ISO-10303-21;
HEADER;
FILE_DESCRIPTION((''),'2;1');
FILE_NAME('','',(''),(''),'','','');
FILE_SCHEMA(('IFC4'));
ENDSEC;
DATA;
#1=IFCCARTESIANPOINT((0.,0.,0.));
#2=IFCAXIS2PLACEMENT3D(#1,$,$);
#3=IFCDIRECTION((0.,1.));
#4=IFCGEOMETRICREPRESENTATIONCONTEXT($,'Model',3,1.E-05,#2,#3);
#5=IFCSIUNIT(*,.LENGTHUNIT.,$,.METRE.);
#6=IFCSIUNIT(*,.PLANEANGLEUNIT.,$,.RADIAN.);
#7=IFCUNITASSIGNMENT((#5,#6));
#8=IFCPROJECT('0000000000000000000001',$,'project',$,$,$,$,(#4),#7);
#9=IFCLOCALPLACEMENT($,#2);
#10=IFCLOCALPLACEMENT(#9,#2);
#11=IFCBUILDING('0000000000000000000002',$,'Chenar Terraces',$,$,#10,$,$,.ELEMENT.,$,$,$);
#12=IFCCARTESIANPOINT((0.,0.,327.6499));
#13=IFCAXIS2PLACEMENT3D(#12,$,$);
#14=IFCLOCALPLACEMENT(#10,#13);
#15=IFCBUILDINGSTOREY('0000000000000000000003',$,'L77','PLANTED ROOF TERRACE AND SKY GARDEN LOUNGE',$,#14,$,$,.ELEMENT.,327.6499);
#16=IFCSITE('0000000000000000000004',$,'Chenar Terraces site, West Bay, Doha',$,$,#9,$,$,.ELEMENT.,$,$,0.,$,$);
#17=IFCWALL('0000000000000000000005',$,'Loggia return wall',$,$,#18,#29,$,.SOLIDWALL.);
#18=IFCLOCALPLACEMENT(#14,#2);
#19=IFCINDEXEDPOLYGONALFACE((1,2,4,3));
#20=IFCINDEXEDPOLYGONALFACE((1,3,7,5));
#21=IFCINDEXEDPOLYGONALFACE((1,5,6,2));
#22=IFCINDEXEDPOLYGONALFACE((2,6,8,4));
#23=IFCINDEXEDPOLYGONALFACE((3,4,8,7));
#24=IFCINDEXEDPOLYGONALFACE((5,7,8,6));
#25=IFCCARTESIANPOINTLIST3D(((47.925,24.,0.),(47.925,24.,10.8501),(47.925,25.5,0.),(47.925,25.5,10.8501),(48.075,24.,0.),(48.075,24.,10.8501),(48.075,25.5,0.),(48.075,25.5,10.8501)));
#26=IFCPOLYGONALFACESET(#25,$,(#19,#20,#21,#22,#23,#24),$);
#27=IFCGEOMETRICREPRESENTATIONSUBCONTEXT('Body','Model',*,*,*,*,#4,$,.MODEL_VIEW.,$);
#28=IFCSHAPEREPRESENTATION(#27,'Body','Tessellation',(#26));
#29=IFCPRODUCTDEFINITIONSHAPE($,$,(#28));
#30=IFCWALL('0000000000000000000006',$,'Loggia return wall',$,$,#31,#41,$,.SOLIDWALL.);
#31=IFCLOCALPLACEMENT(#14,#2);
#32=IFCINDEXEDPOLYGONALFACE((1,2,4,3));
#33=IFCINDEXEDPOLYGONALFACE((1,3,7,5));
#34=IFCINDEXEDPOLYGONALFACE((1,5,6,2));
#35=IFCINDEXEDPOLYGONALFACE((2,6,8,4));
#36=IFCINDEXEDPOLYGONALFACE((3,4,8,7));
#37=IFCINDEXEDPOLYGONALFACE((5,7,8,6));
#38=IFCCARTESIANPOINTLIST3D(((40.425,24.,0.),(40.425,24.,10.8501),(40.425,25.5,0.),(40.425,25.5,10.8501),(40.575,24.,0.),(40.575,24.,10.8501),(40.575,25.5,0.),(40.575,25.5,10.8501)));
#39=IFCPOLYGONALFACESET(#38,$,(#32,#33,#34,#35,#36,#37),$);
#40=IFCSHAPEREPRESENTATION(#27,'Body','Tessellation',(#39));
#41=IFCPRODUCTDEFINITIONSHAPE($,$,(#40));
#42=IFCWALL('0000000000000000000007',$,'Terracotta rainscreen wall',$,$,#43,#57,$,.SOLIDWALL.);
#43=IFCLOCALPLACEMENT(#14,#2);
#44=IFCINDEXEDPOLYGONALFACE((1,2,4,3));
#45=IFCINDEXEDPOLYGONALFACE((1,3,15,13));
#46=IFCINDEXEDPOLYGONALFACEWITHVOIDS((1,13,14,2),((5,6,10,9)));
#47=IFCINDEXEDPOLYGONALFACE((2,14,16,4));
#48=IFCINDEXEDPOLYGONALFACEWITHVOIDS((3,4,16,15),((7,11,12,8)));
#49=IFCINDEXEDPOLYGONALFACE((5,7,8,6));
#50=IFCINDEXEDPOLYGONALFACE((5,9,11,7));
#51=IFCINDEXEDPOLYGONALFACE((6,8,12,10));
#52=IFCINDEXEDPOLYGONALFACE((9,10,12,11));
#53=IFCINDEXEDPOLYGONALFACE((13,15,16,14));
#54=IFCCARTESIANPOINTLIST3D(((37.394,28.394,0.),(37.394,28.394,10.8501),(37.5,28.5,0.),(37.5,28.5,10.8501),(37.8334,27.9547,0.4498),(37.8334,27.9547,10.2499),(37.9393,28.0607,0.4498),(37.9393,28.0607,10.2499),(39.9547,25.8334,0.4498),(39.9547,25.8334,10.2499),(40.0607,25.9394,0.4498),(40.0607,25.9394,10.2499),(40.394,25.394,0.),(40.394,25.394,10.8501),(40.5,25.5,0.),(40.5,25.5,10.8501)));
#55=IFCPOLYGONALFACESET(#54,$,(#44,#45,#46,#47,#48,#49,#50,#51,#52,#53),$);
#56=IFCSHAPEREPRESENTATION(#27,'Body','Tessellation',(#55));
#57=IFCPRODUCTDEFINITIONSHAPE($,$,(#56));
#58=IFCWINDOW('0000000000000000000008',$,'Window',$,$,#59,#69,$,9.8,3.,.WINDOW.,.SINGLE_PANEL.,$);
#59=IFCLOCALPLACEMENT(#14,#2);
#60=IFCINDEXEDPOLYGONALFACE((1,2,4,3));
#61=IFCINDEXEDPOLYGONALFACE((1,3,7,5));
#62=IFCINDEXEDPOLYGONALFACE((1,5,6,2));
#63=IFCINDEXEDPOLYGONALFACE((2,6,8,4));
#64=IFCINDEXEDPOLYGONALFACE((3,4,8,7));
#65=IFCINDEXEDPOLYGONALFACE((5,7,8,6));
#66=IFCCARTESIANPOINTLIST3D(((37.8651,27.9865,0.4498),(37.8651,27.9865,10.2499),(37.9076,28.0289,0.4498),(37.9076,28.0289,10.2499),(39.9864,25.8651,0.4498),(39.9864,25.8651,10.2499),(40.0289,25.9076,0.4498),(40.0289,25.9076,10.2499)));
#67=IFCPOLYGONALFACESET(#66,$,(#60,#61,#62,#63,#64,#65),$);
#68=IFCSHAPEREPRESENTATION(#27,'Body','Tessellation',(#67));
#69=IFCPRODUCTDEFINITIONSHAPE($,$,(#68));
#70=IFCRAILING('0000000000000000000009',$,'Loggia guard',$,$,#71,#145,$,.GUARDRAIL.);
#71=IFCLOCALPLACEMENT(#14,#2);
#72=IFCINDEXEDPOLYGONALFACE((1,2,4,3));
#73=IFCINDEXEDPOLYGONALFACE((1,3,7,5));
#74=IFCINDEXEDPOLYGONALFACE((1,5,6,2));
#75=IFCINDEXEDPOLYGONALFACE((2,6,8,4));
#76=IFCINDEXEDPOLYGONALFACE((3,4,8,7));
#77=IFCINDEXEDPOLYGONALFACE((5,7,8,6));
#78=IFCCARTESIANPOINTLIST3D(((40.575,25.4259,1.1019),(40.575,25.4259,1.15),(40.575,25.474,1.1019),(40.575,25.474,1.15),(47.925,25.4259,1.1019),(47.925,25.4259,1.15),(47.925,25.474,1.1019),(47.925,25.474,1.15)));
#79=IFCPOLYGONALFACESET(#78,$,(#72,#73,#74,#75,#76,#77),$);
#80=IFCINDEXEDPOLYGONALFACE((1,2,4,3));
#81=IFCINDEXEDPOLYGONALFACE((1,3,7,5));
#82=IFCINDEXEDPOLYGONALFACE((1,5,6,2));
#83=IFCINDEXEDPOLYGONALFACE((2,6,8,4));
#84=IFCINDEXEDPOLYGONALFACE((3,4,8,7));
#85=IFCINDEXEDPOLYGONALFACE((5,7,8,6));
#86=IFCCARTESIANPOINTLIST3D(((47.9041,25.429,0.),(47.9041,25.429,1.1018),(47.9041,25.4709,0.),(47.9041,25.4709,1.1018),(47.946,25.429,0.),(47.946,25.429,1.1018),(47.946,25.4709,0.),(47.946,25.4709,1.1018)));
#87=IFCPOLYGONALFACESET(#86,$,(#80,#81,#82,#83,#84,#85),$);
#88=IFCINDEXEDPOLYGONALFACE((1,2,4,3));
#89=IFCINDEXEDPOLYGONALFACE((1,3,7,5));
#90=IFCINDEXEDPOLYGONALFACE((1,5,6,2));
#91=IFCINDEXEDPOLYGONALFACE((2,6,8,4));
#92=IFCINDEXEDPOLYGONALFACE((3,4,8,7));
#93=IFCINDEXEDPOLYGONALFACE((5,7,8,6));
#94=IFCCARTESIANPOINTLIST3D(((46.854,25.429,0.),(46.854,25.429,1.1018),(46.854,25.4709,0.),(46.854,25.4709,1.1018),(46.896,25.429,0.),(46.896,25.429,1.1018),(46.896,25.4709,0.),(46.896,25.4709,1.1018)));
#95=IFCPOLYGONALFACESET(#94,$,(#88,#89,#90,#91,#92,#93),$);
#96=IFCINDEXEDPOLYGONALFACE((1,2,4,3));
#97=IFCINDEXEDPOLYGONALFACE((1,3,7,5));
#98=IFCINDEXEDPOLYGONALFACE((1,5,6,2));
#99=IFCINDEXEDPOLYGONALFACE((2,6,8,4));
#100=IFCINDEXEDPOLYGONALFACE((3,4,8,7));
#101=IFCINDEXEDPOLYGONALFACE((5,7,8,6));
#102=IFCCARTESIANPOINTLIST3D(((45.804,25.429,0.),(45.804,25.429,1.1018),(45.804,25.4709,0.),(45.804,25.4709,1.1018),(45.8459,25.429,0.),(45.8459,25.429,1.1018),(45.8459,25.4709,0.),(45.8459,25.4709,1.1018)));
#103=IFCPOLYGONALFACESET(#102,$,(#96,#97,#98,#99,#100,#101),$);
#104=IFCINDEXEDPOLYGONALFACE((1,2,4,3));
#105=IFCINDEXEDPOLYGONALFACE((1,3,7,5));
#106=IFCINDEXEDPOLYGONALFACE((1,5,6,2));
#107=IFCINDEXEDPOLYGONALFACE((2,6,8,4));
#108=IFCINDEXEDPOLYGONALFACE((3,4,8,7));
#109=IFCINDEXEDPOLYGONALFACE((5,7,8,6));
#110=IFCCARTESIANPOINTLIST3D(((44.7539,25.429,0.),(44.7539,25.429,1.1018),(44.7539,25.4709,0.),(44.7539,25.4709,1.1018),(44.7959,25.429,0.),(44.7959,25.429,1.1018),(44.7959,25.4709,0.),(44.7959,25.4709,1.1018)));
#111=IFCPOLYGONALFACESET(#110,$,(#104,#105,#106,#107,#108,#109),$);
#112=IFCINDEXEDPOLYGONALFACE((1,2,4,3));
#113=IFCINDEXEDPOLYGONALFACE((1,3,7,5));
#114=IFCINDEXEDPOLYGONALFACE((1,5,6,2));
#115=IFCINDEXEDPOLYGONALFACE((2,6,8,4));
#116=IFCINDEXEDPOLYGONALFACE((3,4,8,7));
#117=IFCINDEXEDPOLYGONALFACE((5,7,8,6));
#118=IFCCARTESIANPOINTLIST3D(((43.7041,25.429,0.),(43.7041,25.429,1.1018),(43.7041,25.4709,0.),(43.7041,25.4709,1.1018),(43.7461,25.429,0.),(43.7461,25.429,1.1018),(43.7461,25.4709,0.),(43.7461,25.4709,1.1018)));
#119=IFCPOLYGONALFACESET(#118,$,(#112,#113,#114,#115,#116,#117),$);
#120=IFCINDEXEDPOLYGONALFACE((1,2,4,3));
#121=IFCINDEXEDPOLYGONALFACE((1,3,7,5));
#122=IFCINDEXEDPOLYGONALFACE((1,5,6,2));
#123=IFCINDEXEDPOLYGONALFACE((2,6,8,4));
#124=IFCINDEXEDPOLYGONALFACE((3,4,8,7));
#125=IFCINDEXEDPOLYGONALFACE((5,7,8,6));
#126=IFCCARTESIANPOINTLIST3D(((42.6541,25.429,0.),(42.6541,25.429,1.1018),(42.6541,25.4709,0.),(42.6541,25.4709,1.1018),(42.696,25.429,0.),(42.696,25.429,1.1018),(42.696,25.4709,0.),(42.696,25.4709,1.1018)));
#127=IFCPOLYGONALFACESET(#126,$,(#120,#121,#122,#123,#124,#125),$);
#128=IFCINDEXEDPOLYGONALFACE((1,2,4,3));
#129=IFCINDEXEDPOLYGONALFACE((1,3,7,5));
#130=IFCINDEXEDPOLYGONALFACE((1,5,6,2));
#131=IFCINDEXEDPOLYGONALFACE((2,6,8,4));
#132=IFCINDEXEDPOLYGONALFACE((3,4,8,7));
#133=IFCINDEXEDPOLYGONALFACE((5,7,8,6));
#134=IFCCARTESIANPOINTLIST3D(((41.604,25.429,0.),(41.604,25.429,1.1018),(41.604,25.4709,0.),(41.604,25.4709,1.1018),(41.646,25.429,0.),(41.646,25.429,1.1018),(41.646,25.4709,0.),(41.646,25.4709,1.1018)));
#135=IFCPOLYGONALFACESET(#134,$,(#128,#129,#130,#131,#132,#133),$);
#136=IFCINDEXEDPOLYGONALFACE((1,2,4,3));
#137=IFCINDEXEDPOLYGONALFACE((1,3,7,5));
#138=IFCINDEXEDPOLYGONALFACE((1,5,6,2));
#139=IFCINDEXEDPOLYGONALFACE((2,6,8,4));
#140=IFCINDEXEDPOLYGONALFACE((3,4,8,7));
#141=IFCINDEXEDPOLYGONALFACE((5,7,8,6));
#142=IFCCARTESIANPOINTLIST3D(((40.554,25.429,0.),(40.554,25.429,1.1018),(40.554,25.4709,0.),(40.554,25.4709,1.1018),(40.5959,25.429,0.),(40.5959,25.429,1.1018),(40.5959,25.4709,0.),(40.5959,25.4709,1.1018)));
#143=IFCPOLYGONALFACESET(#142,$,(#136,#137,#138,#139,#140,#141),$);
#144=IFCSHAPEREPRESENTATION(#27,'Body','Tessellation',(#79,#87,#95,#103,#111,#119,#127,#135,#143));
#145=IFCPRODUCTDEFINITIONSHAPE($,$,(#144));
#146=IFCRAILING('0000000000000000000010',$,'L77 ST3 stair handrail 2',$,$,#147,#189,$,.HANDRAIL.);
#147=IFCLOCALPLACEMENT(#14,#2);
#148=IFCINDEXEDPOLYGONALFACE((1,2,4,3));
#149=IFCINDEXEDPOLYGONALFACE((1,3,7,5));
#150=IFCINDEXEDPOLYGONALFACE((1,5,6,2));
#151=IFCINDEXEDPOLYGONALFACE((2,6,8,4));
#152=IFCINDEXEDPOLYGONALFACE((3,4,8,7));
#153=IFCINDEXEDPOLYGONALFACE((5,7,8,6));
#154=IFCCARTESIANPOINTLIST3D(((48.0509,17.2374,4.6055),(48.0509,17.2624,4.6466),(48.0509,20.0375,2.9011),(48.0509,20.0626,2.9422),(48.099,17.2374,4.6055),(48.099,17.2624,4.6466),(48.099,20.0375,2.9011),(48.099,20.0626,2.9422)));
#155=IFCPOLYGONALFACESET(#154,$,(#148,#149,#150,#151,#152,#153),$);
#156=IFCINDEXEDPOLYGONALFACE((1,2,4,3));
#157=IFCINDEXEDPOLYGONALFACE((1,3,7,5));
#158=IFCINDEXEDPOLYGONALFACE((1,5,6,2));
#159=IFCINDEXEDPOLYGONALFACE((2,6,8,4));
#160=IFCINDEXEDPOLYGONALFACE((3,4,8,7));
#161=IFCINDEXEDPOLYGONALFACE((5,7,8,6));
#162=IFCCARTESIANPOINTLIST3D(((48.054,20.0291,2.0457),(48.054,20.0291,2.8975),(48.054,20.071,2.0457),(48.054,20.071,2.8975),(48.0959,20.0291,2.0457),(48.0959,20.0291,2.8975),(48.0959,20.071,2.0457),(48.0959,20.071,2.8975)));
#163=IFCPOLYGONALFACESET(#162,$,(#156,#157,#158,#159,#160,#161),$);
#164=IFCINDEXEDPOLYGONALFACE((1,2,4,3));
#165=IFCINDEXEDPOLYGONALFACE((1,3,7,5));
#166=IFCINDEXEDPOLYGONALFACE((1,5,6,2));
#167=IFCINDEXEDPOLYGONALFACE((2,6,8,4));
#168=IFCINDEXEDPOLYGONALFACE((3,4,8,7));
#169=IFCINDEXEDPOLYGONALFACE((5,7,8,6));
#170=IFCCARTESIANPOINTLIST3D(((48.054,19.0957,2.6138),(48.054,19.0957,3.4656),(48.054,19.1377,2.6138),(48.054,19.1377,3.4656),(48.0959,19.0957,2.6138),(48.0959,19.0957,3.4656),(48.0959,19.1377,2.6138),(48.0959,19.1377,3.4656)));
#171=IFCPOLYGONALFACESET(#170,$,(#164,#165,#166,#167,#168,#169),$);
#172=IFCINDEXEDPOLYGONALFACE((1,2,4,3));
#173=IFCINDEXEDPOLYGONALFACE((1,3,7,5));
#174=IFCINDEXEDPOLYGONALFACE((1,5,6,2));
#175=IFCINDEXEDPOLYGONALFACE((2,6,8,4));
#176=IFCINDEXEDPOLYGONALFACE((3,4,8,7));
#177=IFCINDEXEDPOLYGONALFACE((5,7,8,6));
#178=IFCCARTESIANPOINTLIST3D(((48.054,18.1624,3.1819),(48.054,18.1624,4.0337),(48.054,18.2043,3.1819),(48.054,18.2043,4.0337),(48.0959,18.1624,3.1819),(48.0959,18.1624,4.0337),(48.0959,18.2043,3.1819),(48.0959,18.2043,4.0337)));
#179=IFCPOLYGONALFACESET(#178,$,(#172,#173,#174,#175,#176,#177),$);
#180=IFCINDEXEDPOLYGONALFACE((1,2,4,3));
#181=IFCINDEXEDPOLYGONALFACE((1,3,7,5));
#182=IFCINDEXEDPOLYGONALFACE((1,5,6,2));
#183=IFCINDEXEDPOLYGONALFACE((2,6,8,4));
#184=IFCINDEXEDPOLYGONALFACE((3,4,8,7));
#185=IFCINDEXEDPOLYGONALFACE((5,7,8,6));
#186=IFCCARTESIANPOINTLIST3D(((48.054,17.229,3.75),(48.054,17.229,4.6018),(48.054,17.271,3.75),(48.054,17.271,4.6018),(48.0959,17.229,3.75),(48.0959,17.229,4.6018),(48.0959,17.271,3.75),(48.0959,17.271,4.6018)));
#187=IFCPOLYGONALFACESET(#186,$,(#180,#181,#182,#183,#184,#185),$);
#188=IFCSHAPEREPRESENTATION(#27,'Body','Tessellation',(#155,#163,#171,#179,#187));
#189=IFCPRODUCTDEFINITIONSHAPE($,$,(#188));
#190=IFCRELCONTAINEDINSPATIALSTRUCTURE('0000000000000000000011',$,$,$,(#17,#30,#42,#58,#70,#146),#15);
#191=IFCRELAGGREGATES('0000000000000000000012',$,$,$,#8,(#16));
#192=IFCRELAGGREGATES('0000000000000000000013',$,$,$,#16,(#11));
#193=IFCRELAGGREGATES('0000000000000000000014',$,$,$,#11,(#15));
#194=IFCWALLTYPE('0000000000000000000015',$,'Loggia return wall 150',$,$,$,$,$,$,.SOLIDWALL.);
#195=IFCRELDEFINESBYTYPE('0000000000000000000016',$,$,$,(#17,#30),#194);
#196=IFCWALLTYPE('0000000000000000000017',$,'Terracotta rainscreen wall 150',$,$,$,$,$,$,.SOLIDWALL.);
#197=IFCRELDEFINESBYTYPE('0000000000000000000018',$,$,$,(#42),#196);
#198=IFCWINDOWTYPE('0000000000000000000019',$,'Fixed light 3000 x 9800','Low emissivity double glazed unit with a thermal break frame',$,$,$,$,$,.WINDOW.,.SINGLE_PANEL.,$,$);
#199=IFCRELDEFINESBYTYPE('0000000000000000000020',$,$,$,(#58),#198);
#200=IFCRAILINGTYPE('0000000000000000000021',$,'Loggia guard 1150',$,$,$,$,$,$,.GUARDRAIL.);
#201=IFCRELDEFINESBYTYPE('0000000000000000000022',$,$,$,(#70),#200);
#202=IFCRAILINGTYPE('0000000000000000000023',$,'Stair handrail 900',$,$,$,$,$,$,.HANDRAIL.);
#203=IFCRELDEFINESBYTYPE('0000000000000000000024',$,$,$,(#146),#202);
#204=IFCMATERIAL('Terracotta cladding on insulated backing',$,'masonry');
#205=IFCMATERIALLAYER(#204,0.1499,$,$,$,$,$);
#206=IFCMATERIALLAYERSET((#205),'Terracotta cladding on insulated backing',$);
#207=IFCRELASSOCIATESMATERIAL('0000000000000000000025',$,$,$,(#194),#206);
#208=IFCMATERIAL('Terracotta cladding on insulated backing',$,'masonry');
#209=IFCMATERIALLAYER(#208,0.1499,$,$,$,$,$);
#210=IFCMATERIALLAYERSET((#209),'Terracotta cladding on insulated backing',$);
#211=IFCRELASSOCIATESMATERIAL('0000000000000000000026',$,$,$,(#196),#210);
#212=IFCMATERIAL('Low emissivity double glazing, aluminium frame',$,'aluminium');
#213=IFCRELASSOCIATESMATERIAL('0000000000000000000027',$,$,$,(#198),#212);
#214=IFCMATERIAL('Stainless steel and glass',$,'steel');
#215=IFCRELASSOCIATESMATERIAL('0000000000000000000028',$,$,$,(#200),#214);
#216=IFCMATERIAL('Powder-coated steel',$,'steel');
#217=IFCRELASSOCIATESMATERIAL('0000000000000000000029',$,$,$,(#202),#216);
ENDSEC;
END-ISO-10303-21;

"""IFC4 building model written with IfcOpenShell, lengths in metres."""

from ifc_helpers import new_model, si_unit, direction, frame, frame_2d, origin, origin_2d, place, context, subcontext, project, spatial, rectangle, extrude, material, layer, layer_set, type_object, element, fill, save


model = new_model("IFC4")

# Units and contexts
model_context = context("Model", 3, precision=1e-05, world=origin(), true_north=direction((0.0, 1.0)))
body_context = subcontext(model_context, "Body", "Model", "MODEL_VIEW")
ifc_project = project(units=[si_unit("LENGTHUNIT", "METRE"), si_unit("PLANEANGLEUNIT", "RADIAN")], contexts=[model_context])

# Site, building, storey
site_placement = place(None, origin())
site = spatial("IfcSite", under=ifc_project, at=site_placement, Name="Chenar Terraces site, West Bay, Doha", CompositionType="ELEMENT", RefElevation=0.0)
building_placement = place(site_placement, origin())
building = spatial("IfcBuilding", under=site, at=building_placement, Name="Chenar Terraces", CompositionType="ELEMENT")
storey_placement = place(building_placement, frame((0.0, 0.0, 327.6499)))
storey = spatial("IfcBuildingStorey", under=building, at=storey_placement, Name="L77", Description="PLANTED ROOF TERRACE AND SKY GARDEN LOUNGE", CompositionType="ELEMENT", Elevation=327.6499)

# Walls
ifc_material_1 = material(Name="Terracotta cladding on insulated backing", Category="masonry")
ifc_layer_1 = layer(ifc_material_1, 0.1499)
ifc_layer_set_1 = layer_set([ifc_layer_1], Name="Terracotta cladding on insulated backing")
wall_type_1 = type_object("IfcWallType", Name="Loggia return wall 150", PredefinedType="SOLIDWALL", material=ifc_layer_set_1)
for number, where, z_axis, x_axis, name in (
    (1, (48.0, 25.5, 0.0), (0.0, 0.0, 1.0), (0.0, -1.0, 0.0), "Loggia return wall"),
    (2, (40.5, 25.5, 0.0), (0.0, 0.0, 1.0), (0.0, -1.0, 0.0), "Loggia return wall"),
):
    element("IfcWall", number, at=place(storey_placement, frame(where, z_axis=z_axis, x_axis=x_axis)), inside=storey, type_object=wall_type_1, Name=name, PredefinedType="SOLIDWALL", context=body_context, shape_type="SweptSolid", body=[
        extrude(rectangle(XDim=1.5, YDim=0.1499, at=frame_2d((0.75, 0.0))), origin(), (0.0, 0.0, 1.0), 10.8501),
    ])

# Wall, opening, window
ifc_material_2 = material(Name="Terracotta cladding on insulated backing", Category="masonry")
ifc_layer_2 = layer(ifc_material_2, 0.1499)
ifc_layer_set_2 = layer_set([ifc_layer_2], Name="Terracotta cladding on insulated backing")
wall_type_2 = type_object("IfcWallType", Name="Terracotta rainscreen wall 150", PredefinedType="SOLIDWALL", material=ifc_layer_set_2)
wall_1_placement = place(storey_placement, frame((40.447, 25.447, 0.0), z_axis=(0.0, 0.0, 1.0), x_axis=(-0.707107, 0.707107, 0.0)))
wall_1 = element("IfcWall", 3, at=wall_1_placement, inside=storey, type_object=wall_type_2, Name="Terracotta rainscreen wall", PredefinedType="SOLIDWALL", context=body_context, shape_type="SweptSolid", body=[
    extrude(rectangle(XDim=4.2427, YDim=0.1499, at=frame_2d((2.1213, 0.0))), origin(), (0.0, 0.0, 1.0), 10.8501),
])
opening_1_placement = place(wall_1_placement, frame((0.6213, 0.0, 0.45)))
opening_1 = element("IfcOpeningElement", 4, at=opening_1_placement, cuts=wall_1, PredefinedType="OPENING", context=body_context, shape_type="SweptSolid", body=[
    extrude(rectangle(XDim=3.0, YDim=9.8, at=frame_2d((1.5, 4.8999))), frame((0.0, 0.085, 0.0), z_axis=(0.0, -1.0, 0.0), x_axis=(1.0, 0.0, 0.0)), (0.0, 0.0, 1.0), 0.1699),
])
ifc_material_3 = material(Name="Low emissivity double glazing, aluminium frame", Category="aluminium")
window_type_1 = type_object("IfcWindowType", Name="Fixed light 3000 x 9800", Description="Low emissivity double glazed unit with a thermal break frame", PartitioningType="SINGLE_PANEL", PredefinedType="WINDOW", material=ifc_material_3)
window_1_placement = place(opening_1_placement, origin())
window_1 = element("IfcWindow", 5, at=window_1_placement, inside=storey, type_object=window_type_1, Name="Window", OverallHeight=9.8, OverallWidth=3.0, PartitioningType="SINGLE_PANEL", PredefinedType="WINDOW", context=body_context, shape_type="SweptSolid", body=[
    extrude(rectangle(XDim=3.0, YDim=9.8, at=frame_2d((1.5, 4.8999))), frame((0.0, 0.03, 0.0), z_axis=(0.0, -1.0, 0.0), x_axis=(1.0, 0.0, 0.0)), (0.0, 0.0, 1.0), 0.0601),
])
fill(opening_1, window_1)

# Railings
ifc_material_4 = material(Name="Stainless steel and glass", Category="steel")
railing_type_1 = type_object("IfcRailingType", Name="Loggia guard 1150", PredefinedType="GUARDRAIL", material=ifc_material_4)
railing_placement = place(storey_placement, frame((47.925, 25.45, 0.0)))
element("IfcRailing", 6, at=railing_placement, inside=storey, type_object=railing_type_1, Name="Loggia guard", PredefinedType="GUARDRAIL", context=body_context, shape_type="SweptSolid", body=[
    extrude(rectangle(XDim=0.0481, YDim=0.0481, at=origin_2d()), frame((0.0, 0.0, 1.126), z_axis=(-1.0, 0.0, 0.0), x_axis=(0.0, -1.0, 0.0)), (0.0, 0.0, 1.0), 7.3501),
    extrude(rectangle(XDim=0.042, YDim=0.042, at=origin_2d()), origin(), (0.0, 0.0, 1.0), 1.1018),
    extrude(rectangle(XDim=0.042, YDim=0.042, at=origin_2d()), frame((-1.05, 0.0, 0.0)), (0.0, 0.0, 1.0), 1.1018),
    extrude(rectangle(XDim=0.042, YDim=0.042, at=origin_2d()), frame((-2.1001, 0.0, 0.0)), (0.0, 0.0, 1.0), 1.1018),
    extrude(rectangle(XDim=0.042, YDim=0.042, at=origin_2d()), frame((-3.1501, 0.0, 0.0)), (0.0, 0.0, 1.0), 1.1018),
    extrude(rectangle(XDim=0.042, YDim=0.042, at=origin_2d()), frame((-4.2, 0.0, 0.0)), (0.0, 0.0, 1.0), 1.1018),
    extrude(rectangle(XDim=0.042, YDim=0.042, at=origin_2d()), frame((-5.25, 0.0, 0.0)), (0.0, 0.0, 1.0), 1.1018),
    extrude(rectangle(XDim=0.042, YDim=0.042, at=origin_2d()), frame((-6.3, 0.0, 0.0)), (0.0, 0.0, 1.0), 1.1018),
    extrude(rectangle(XDim=0.042, YDim=0.042, at=origin_2d()), frame((-7.3501, 0.0, 0.0)), (0.0, 0.0, 1.0), 1.1018),
])
ifc_material_5 = material(Name="Powder-coated steel", Category="steel")
railing_type_2 = type_object("IfcRailingType", Name="Stair handrail 900", PredefinedType="HANDRAIL", material=ifc_material_5)
for number, where, name in (
    (7, (48.075, 20.05, 2.0457), "L77 ST3 stair handrail 2"),
):
    element("IfcRailing", number, at=place(storey_placement, frame(where)), inside=storey, type_object=railing_type_2, Name=name, PredefinedType="HANDRAIL", context=body_context, shape_type="SweptSolid", body=[
        extrude(rectangle(XDim=0.0481, YDim=0.0481, at=origin_2d()), frame((0.0, 0.0, 0.876), z_axis=(0.0, -0.854203, 0.51994), x_axis=(1.0, 0.0, 0.0)), (0.0, 0.0, 1.0), 3.2781),
        extrude(rectangle(XDim=0.042, YDim=0.042, at=origin_2d()), origin(), (0.0, 0.0, 1.0), 0.8518),
        extrude(rectangle(XDim=0.042, YDim=0.042, at=origin_2d()), frame((0.0, -0.9333, 0.5681)), (0.0, 0.0, 1.0), 0.8518),
        extrude(rectangle(XDim=0.042, YDim=0.042, at=origin_2d()), frame((0.0, -1.8667, 1.1362)), (0.0, 0.0, 1.0), 0.8518),
        extrude(rectangle(XDim=0.042, YDim=0.042, at=origin_2d()), frame((0.0, -2.8, 1.7043)), (0.0, 0.0, 1.0), 0.8518),
    ])

save(model, "model.ifc")
